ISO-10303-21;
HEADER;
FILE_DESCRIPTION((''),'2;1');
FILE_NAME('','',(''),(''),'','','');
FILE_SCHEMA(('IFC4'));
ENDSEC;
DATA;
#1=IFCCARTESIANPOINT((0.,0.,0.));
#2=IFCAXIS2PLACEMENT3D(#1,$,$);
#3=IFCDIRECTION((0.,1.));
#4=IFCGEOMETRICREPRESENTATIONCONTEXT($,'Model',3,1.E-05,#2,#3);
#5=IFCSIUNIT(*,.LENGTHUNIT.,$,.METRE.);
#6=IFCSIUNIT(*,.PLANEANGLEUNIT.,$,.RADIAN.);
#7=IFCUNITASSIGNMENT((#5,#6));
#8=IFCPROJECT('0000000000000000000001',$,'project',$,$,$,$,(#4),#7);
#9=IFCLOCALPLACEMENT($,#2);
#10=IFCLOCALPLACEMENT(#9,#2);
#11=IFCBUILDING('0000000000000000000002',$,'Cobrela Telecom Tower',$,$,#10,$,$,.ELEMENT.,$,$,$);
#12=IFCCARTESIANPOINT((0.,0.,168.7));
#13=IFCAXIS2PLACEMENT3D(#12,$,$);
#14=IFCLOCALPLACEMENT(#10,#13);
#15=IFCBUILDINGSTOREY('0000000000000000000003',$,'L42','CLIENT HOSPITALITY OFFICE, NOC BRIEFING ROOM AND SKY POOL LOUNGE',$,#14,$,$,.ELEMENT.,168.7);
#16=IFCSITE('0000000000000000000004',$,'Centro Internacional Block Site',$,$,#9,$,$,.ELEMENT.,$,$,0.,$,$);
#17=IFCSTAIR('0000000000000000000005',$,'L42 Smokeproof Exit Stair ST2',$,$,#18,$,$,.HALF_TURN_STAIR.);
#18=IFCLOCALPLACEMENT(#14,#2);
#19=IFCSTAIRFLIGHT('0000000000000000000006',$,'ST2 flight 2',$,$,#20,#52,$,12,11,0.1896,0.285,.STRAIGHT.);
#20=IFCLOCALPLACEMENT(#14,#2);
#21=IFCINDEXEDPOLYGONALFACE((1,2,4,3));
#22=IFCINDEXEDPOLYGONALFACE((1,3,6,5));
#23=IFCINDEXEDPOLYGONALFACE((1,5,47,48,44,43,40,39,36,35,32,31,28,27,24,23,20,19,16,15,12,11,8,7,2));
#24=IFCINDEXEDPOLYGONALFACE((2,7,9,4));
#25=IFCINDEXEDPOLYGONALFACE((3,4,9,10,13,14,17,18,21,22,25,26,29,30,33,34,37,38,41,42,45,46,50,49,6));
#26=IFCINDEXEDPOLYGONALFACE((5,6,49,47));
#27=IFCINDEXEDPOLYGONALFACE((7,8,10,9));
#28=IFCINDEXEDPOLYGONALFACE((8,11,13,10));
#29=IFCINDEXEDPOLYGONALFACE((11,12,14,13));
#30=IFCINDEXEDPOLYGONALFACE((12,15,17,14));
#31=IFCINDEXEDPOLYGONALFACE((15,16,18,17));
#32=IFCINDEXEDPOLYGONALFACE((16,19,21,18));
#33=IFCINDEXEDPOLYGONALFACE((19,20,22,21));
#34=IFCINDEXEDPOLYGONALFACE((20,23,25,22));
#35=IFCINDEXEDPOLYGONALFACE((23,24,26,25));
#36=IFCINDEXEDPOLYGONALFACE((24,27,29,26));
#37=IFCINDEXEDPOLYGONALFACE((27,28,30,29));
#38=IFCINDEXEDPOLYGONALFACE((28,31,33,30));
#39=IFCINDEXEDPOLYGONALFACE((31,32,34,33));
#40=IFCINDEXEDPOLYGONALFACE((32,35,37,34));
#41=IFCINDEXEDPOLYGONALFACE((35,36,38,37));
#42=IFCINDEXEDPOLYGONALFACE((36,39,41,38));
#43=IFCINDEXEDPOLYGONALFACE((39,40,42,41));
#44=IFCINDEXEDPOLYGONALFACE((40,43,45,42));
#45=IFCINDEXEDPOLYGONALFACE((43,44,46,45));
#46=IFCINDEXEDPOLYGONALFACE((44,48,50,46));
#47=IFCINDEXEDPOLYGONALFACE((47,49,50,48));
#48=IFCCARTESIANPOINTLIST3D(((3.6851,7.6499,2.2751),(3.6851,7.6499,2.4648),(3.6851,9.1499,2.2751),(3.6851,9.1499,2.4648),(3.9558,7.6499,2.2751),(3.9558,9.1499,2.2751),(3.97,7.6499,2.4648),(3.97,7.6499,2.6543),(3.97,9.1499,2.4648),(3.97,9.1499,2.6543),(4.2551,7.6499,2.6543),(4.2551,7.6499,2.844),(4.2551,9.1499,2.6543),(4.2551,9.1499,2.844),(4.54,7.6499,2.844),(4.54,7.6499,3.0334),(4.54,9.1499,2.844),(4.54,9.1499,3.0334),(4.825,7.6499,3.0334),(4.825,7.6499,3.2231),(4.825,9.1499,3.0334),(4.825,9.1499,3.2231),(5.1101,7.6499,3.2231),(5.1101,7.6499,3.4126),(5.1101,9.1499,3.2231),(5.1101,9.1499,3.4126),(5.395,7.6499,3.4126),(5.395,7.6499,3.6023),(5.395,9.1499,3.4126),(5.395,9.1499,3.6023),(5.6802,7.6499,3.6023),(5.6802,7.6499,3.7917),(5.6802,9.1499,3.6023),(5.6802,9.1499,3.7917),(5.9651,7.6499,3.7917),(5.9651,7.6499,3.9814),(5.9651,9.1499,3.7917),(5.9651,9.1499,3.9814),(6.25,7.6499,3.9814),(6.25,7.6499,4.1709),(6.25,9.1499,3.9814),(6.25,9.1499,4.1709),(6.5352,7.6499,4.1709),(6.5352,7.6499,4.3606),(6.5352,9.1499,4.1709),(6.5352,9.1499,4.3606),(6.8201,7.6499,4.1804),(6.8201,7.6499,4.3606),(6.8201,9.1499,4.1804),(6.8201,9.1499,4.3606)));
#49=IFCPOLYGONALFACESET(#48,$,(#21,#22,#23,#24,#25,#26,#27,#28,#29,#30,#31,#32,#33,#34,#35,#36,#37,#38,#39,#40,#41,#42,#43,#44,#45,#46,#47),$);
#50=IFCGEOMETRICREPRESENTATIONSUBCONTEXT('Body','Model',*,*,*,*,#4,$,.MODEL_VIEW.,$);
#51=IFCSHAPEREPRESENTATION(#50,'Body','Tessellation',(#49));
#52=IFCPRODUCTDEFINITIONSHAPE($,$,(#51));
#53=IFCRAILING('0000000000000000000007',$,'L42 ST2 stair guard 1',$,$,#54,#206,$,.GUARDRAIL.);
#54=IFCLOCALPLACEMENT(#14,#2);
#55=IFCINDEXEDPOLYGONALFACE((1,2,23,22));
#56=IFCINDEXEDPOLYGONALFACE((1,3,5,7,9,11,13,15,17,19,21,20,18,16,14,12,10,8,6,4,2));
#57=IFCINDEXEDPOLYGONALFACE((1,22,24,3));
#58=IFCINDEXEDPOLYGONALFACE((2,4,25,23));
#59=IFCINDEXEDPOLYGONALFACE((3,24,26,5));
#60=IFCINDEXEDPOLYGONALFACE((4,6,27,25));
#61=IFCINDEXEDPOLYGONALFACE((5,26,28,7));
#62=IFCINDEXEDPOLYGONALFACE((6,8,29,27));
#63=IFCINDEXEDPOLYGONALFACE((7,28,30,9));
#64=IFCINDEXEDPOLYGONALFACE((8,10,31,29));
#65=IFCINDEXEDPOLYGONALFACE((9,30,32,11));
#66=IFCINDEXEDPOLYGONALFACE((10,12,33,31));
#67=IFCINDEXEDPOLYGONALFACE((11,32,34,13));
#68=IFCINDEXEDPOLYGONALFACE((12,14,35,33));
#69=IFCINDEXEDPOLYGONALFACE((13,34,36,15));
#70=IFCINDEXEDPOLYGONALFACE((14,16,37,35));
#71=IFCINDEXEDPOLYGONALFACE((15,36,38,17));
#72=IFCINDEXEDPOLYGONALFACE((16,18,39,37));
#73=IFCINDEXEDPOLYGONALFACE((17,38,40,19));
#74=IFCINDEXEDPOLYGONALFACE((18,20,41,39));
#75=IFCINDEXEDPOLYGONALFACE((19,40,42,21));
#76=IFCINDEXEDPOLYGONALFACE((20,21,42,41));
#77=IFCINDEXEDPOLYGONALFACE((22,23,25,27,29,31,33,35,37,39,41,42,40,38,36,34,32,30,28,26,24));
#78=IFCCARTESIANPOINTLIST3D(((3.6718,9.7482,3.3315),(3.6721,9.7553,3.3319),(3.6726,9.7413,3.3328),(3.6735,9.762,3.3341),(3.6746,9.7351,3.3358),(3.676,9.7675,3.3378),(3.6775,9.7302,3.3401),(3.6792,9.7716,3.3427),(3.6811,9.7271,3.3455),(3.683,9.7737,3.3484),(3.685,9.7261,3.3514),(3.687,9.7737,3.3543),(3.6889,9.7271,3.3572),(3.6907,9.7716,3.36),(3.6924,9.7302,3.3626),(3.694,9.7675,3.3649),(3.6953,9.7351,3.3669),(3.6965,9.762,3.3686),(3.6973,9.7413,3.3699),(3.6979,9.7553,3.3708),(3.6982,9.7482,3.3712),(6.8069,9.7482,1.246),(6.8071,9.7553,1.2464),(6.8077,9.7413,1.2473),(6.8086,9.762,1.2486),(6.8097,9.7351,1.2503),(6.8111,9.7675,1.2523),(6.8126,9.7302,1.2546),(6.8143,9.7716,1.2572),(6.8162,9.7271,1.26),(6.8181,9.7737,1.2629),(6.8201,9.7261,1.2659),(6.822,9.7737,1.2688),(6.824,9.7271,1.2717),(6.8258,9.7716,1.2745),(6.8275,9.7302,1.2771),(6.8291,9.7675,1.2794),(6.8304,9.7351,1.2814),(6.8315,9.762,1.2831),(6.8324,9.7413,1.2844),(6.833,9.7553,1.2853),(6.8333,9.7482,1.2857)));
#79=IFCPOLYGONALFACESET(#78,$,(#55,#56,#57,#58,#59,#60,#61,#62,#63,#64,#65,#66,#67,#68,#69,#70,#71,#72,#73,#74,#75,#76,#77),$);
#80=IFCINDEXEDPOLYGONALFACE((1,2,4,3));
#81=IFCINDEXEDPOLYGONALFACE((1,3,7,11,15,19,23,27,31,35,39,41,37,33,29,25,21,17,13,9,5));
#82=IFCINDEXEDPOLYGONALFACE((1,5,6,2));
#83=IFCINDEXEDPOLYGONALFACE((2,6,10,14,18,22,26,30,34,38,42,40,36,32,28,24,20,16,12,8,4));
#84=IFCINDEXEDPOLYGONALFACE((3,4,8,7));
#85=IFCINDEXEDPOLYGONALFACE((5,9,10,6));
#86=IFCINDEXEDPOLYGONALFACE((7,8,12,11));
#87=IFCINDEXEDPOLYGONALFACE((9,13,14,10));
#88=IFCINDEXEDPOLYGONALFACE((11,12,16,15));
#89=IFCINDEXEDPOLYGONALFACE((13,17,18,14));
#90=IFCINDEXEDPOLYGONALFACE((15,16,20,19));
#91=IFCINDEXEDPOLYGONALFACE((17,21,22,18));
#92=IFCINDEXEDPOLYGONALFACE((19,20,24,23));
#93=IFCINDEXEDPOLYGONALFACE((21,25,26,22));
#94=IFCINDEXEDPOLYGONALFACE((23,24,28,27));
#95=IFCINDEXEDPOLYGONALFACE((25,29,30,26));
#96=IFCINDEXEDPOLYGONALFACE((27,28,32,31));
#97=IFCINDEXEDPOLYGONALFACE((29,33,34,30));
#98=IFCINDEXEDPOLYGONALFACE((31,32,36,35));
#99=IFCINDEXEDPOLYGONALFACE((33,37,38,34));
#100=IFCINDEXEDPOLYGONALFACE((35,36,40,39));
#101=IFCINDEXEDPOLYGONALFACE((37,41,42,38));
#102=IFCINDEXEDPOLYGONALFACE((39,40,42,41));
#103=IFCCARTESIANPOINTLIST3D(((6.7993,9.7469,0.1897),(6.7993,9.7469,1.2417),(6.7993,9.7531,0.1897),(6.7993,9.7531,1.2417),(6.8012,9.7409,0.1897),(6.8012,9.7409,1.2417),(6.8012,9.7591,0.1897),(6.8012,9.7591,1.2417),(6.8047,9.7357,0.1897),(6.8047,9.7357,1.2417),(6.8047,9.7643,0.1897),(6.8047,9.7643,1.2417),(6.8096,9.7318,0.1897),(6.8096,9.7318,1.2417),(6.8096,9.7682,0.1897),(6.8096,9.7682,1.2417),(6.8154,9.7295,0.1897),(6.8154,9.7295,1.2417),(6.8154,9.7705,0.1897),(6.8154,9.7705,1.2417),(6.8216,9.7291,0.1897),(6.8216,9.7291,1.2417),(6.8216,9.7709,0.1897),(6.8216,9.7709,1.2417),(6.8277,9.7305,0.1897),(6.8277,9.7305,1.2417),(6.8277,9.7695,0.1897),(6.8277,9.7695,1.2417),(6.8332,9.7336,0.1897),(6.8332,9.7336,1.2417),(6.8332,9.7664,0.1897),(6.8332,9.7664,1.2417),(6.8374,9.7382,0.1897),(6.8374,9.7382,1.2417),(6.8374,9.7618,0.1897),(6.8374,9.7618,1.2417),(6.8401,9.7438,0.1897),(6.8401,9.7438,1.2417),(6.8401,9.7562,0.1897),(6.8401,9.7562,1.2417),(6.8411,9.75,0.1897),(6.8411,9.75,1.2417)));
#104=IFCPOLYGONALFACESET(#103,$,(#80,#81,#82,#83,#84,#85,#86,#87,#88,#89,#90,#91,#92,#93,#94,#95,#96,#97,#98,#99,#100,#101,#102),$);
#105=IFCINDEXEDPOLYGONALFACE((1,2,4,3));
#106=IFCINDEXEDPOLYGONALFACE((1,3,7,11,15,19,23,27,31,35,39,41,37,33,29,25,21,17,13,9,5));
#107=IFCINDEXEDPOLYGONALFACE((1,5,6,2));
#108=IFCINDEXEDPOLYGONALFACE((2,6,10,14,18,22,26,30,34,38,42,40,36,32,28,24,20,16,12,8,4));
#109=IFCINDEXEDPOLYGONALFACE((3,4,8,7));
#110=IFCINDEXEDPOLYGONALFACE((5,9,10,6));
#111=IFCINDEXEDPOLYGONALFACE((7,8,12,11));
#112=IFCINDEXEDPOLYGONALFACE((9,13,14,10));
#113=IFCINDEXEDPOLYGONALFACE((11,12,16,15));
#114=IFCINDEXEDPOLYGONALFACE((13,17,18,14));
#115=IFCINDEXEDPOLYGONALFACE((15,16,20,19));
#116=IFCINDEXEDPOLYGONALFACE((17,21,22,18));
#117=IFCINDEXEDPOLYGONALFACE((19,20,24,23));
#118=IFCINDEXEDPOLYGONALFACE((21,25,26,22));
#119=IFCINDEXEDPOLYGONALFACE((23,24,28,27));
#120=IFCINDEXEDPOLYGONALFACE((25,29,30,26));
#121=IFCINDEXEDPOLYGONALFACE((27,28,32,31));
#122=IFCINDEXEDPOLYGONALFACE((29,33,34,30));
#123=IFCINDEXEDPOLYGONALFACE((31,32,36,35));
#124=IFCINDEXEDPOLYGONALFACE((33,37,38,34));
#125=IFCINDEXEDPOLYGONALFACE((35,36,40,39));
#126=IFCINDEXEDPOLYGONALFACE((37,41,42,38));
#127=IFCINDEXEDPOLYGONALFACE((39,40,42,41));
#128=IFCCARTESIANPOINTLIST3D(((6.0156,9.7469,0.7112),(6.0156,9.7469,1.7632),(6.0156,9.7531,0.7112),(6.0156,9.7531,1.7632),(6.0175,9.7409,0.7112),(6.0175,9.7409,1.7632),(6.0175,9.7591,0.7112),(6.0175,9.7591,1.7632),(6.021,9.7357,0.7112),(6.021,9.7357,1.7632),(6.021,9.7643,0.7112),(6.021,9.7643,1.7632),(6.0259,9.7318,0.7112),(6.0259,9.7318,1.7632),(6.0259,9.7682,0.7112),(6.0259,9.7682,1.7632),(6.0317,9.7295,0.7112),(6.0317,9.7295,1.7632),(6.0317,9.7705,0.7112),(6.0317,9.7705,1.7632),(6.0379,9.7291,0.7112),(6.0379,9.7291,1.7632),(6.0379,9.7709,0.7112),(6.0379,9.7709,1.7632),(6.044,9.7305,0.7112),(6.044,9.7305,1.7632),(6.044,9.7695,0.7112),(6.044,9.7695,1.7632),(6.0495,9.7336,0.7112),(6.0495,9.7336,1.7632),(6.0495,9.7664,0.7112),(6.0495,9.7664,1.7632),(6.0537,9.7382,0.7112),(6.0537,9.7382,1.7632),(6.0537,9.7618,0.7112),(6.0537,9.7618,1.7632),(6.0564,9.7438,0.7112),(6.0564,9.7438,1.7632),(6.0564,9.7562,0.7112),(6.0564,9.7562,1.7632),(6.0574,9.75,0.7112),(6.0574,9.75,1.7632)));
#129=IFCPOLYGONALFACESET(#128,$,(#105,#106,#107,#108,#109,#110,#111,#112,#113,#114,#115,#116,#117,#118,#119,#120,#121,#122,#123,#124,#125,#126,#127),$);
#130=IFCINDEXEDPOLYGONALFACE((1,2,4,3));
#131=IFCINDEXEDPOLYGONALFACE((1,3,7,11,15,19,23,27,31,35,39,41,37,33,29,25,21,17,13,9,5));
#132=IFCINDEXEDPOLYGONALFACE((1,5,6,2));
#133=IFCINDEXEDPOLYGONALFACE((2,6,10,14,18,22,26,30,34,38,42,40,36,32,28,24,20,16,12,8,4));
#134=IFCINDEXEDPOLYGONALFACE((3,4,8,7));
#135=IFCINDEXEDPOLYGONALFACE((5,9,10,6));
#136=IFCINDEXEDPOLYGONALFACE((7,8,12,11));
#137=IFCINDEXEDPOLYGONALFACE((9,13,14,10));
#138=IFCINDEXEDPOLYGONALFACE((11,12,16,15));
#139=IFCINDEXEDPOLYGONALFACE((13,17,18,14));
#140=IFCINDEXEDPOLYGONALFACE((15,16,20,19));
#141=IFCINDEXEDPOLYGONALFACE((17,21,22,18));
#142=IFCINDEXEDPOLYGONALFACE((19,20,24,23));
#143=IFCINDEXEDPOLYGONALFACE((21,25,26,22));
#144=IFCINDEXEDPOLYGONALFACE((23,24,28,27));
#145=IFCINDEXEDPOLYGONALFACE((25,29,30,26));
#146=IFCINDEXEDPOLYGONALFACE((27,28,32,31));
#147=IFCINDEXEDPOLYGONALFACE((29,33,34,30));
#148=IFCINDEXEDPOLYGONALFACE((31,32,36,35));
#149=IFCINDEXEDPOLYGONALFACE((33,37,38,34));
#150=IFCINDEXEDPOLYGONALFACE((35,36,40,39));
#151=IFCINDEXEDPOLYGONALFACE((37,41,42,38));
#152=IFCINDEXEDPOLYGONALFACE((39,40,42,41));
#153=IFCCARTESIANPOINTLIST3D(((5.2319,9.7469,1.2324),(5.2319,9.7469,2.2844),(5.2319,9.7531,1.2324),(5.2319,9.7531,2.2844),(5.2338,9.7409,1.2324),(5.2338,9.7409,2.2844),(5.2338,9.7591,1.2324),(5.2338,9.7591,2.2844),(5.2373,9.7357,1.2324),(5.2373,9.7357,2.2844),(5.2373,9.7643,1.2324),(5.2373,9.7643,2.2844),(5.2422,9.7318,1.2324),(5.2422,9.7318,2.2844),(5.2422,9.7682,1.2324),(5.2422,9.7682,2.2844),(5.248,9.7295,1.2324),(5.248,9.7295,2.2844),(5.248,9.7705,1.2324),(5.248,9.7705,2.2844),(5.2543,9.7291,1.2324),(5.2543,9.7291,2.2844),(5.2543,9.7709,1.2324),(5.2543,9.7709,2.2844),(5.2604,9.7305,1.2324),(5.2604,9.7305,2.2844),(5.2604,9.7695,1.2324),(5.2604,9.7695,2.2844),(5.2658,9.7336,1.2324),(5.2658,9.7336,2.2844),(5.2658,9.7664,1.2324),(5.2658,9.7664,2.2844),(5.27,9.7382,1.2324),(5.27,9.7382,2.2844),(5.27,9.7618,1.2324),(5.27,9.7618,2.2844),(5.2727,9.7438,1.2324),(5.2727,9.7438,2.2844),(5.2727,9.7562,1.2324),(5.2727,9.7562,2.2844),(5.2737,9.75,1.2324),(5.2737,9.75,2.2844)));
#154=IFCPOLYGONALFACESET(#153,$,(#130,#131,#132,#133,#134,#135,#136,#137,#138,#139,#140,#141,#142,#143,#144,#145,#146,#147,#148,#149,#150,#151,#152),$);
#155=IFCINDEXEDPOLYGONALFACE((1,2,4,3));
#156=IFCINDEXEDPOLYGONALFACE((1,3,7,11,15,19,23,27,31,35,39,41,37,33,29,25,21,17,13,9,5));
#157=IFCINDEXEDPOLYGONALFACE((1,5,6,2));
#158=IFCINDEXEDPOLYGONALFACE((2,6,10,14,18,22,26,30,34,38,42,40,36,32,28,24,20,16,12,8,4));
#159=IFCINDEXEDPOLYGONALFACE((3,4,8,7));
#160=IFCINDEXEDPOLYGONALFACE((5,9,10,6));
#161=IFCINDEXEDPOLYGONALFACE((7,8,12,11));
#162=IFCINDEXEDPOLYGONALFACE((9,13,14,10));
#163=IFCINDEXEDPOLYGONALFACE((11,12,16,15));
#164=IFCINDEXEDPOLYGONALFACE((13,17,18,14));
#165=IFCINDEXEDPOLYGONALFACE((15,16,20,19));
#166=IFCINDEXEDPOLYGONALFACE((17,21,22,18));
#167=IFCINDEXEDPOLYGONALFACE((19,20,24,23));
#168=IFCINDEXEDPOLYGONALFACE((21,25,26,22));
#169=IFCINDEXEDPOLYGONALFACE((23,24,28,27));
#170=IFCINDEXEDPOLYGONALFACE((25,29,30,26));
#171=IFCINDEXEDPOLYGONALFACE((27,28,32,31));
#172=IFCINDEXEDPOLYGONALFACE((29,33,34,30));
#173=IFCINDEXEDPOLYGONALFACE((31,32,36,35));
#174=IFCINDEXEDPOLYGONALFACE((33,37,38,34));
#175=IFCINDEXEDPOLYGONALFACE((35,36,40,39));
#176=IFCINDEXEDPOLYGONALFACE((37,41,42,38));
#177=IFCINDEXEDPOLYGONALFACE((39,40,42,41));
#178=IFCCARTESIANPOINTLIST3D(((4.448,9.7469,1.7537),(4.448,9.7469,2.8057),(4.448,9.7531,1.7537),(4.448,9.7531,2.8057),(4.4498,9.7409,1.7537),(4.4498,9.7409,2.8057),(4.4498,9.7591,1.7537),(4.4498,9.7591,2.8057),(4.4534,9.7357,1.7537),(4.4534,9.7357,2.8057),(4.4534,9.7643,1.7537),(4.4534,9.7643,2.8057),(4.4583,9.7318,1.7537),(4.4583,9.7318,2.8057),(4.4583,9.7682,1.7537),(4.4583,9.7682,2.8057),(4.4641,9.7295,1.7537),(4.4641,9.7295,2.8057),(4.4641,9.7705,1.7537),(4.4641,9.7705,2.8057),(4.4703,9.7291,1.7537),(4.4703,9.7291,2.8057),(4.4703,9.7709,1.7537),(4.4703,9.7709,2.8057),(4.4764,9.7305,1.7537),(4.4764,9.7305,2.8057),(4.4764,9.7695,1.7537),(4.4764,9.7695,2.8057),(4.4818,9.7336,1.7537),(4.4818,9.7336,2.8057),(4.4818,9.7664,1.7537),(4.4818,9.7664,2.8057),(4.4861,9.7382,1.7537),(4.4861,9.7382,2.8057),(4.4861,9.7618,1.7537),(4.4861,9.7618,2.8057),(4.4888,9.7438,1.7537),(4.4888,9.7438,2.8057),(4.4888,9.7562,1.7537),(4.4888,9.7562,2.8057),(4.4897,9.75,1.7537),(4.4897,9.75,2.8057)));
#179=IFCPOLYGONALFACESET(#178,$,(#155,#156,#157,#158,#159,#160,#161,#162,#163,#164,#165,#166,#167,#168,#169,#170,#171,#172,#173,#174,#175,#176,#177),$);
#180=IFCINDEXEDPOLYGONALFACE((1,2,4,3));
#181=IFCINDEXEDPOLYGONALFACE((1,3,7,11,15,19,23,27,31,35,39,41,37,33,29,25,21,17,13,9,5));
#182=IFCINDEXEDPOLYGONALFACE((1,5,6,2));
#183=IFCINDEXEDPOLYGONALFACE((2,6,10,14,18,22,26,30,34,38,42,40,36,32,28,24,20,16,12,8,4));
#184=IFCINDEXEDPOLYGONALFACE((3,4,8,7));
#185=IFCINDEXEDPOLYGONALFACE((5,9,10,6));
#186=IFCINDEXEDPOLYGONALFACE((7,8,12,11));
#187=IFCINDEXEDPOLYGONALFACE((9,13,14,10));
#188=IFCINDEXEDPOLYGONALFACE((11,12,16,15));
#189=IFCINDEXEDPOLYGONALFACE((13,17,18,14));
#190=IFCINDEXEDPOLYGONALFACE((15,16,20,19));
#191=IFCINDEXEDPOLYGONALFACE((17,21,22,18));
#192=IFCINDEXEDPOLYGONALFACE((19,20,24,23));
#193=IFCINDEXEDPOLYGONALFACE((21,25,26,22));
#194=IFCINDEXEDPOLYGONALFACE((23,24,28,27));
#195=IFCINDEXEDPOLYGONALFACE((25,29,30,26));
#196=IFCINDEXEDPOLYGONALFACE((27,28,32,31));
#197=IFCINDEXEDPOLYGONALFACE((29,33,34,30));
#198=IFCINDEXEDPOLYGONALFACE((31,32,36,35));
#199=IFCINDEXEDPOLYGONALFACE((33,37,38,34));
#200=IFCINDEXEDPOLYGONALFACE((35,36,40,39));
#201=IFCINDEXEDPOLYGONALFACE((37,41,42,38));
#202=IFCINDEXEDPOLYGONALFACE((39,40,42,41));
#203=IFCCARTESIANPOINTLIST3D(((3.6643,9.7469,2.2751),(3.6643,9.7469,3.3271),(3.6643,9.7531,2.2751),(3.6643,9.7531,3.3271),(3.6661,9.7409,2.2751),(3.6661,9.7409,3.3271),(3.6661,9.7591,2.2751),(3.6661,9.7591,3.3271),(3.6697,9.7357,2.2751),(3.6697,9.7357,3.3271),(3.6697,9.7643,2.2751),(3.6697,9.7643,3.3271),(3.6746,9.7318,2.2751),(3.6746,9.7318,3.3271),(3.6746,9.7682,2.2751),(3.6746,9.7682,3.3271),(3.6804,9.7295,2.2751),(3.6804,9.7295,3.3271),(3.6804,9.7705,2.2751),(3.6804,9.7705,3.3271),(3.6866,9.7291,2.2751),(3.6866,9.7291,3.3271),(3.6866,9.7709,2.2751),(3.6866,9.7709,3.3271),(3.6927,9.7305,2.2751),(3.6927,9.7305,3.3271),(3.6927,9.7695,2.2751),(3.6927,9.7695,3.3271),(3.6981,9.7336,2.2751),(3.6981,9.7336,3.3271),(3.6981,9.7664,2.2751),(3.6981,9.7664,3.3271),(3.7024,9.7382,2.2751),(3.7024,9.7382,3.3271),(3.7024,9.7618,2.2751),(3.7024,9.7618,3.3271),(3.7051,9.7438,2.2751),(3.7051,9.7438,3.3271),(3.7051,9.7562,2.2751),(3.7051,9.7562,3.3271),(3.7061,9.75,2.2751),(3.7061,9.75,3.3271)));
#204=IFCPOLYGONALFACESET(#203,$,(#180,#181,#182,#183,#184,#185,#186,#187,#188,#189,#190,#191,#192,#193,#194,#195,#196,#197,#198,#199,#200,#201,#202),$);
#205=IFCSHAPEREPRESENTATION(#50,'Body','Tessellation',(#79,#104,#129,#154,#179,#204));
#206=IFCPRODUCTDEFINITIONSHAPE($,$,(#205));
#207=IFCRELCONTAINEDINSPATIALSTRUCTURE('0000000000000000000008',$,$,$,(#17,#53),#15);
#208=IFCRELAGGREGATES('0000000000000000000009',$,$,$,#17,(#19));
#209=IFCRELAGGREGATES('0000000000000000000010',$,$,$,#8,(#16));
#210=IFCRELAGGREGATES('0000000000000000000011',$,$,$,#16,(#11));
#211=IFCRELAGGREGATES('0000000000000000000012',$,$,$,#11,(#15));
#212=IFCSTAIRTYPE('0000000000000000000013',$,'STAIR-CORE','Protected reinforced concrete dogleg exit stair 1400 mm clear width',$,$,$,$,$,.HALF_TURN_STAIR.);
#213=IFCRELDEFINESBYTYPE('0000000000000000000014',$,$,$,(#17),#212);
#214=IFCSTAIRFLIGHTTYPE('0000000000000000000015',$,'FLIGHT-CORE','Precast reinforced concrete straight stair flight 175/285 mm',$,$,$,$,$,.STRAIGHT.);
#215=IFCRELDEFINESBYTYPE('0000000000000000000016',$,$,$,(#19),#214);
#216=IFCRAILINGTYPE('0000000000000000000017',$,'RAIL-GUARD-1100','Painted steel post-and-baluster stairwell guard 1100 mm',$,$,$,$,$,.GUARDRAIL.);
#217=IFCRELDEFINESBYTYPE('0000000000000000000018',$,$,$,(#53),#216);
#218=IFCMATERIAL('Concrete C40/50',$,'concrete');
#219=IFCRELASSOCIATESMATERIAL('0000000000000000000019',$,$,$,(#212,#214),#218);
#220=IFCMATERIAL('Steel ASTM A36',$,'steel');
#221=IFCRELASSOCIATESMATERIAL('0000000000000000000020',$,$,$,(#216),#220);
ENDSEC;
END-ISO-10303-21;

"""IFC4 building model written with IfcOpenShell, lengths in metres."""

from ifc_helpers import new_model, si_unit, direction, frame, origin, origin_2d, place, context, subcontext, project, spatial, polyline, circle, outline, extrude, material, type_object, element, aggregate, save


model = new_model("IFC4")

# Units and contexts
model_context = context("Model", 3, precision=1e-05, world=origin(), true_north=direction((0.0, 1.0)))
body_context = subcontext(model_context, "Body", "Model", "MODEL_VIEW")
ifc_project = project(units=[si_unit("LENGTHUNIT", "METRE"), si_unit("PLANEANGLEUNIT", "RADIAN")], contexts=[model_context])

# Site, building, storey
site_placement = place(None, origin())
site = spatial("IfcSite", under=ifc_project, at=site_placement, Name="Centro Internacional Block Site", CompositionType="ELEMENT", RefElevation=0.0)
building_placement = place(site_placement, origin())
building = spatial("IfcBuilding", under=site, at=building_placement, Name="Cobrela Telecom Tower", CompositionType="ELEMENT")
storey_placement = place(building_placement, frame((0.0, 0.0, 168.7)))
storey = spatial("IfcBuildingStorey", under=building, at=storey_placement, Name="L42", Description="CLIENT HOSPITALITY OFFICE, NOC BRIEFING ROOM AND SKY POOL LOUNGE", CompositionType="ELEMENT", Elevation=168.7)

# Shared definitions
ifc_material_1 = material(Name="Steel ASTM A36", Category="steel")

# Shared definitions
ifc_material_2 = material(Name="Concrete C40/50", Category="concrete")

# Stair, stair flight
stair_type = type_object("IfcStairType", Name="STAIR-CORE", Description="Protected reinforced concrete dogleg exit stair 1400 mm clear width", PredefinedType="HALF_TURN_STAIR", material=ifc_material_2)
stair_placement = place(storey_placement, origin())
stair = element("IfcStair", 1, at=stair_placement, inside=storey, type_object=stair_type, Name="L42 Smokeproof Exit Stair ST2", PredefinedType="HALF_TURN_STAIR")
stair_flight_type = type_object("IfcStairFlightType", Name="FLIGHT-CORE", Description="Precast reinforced concrete straight stair flight 175/285 mm", PredefinedType="STRAIGHT", material=ifc_material_2)
stair_flight_1_placement = place(storey_placement, frame((3.6851, 8.3999, 2.2751), z_axis=(0.0, 0.0, 1.0), x_axis=(1.0, 0.0, 0.0)))
stair_flight_1 = element("IfcStairFlight", 2, at=stair_flight_1_placement, type_object=stair_flight_type, Name="ST2 flight 2", NumberOfRisers=12, NumberOfTreads=11, PredefinedType="STRAIGHT", RiserHeight=0.1896, TreadLength=0.285, context=body_context, shape_type="SweptSolid", body=[
    extrude(outline(polyline([(0.0, 0.0), (0.0, 0.1897), (0.2849, 0.1897), (0.2849, 0.3792), (0.5701, 0.3792), (0.5701, 0.5688), (0.855, 0.5688), (0.855, 0.7583), (1.1399, 0.7583), (1.1399, 0.948), (1.425, 0.948), (1.425, 1.1375), (1.71, 1.1375), (1.71, 1.3271), (1.9951, 1.3271), (1.9951, 1.5166), (2.28, 1.5166), (2.28, 1.7063), (2.5649, 1.7063), (2.5649, 1.8958), (2.8501, 1.8958), (2.8501, 2.0854), (3.135, 2.0854), (3.135, 2.2749), (3.135, 1.9053), (0.2708, 0.0), (0.0, 0.0)])), frame((0.0, 0.75, 0.0), z_axis=(0.0, -1.0, 0.0), x_axis=(1.0, 0.0, 0.0)), (0.0, 0.0, 1.0), 1.5),
])
aggregate(stair, [stair_flight_1])

# Railing
railing_type_1 = type_object("IfcRailingType", Name="RAIL-GUARD-1100", Description="Painted steel post-and-baluster stairwell guard 1100 mm", PredefinedType="GUARDRAIL", material=ifc_material_1)
railing_1_placement = place(storey_placement, frame((6.8201, 9.75, 0.1897)))
element("IfcRailing", 3, at=railing_1_placement, inside=storey, type_object=railing_type_1, Name="L42 ST2 stair guard 1", PredefinedType="GUARDRAIL", context=body_context, shape_type="SweptSolid", body=[
    extrude(circle(Radius=0.0239, at=origin_2d()), frame((0.0, 0.0, 1.0762), z_axis=(-0.832608, 0.0, 0.553862), x_axis=(0.0, -1.0, 0.0)), (0.0, 0.0, 1.0), 3.7654),
    extrude(circle(Radius=0.021, at=origin_2d()), origin(), (0.0, 0.0, 1.0), 1.052),
    extrude(circle(Radius=0.021, at=origin_2d()), frame((-0.7837, 0.0, 0.5215)), (0.0, 0.0, 1.0), 1.052),
    extrude(circle(Radius=0.021, at=origin_2d()), frame((-1.5674, 0.0, 1.0427)), (0.0, 0.0, 1.0), 1.052),
    extrude(circle(Radius=0.021, at=origin_2d()), frame((-2.3513, 0.0, 1.564)), (0.0, 0.0, 1.0), 1.052),
    extrude(circle(Radius=0.021, at=origin_2d()), frame((-3.135, 0.0, 2.0854)), (0.0, 0.0, 1.0), 1.052),
])

save(model, "model.ifc")
